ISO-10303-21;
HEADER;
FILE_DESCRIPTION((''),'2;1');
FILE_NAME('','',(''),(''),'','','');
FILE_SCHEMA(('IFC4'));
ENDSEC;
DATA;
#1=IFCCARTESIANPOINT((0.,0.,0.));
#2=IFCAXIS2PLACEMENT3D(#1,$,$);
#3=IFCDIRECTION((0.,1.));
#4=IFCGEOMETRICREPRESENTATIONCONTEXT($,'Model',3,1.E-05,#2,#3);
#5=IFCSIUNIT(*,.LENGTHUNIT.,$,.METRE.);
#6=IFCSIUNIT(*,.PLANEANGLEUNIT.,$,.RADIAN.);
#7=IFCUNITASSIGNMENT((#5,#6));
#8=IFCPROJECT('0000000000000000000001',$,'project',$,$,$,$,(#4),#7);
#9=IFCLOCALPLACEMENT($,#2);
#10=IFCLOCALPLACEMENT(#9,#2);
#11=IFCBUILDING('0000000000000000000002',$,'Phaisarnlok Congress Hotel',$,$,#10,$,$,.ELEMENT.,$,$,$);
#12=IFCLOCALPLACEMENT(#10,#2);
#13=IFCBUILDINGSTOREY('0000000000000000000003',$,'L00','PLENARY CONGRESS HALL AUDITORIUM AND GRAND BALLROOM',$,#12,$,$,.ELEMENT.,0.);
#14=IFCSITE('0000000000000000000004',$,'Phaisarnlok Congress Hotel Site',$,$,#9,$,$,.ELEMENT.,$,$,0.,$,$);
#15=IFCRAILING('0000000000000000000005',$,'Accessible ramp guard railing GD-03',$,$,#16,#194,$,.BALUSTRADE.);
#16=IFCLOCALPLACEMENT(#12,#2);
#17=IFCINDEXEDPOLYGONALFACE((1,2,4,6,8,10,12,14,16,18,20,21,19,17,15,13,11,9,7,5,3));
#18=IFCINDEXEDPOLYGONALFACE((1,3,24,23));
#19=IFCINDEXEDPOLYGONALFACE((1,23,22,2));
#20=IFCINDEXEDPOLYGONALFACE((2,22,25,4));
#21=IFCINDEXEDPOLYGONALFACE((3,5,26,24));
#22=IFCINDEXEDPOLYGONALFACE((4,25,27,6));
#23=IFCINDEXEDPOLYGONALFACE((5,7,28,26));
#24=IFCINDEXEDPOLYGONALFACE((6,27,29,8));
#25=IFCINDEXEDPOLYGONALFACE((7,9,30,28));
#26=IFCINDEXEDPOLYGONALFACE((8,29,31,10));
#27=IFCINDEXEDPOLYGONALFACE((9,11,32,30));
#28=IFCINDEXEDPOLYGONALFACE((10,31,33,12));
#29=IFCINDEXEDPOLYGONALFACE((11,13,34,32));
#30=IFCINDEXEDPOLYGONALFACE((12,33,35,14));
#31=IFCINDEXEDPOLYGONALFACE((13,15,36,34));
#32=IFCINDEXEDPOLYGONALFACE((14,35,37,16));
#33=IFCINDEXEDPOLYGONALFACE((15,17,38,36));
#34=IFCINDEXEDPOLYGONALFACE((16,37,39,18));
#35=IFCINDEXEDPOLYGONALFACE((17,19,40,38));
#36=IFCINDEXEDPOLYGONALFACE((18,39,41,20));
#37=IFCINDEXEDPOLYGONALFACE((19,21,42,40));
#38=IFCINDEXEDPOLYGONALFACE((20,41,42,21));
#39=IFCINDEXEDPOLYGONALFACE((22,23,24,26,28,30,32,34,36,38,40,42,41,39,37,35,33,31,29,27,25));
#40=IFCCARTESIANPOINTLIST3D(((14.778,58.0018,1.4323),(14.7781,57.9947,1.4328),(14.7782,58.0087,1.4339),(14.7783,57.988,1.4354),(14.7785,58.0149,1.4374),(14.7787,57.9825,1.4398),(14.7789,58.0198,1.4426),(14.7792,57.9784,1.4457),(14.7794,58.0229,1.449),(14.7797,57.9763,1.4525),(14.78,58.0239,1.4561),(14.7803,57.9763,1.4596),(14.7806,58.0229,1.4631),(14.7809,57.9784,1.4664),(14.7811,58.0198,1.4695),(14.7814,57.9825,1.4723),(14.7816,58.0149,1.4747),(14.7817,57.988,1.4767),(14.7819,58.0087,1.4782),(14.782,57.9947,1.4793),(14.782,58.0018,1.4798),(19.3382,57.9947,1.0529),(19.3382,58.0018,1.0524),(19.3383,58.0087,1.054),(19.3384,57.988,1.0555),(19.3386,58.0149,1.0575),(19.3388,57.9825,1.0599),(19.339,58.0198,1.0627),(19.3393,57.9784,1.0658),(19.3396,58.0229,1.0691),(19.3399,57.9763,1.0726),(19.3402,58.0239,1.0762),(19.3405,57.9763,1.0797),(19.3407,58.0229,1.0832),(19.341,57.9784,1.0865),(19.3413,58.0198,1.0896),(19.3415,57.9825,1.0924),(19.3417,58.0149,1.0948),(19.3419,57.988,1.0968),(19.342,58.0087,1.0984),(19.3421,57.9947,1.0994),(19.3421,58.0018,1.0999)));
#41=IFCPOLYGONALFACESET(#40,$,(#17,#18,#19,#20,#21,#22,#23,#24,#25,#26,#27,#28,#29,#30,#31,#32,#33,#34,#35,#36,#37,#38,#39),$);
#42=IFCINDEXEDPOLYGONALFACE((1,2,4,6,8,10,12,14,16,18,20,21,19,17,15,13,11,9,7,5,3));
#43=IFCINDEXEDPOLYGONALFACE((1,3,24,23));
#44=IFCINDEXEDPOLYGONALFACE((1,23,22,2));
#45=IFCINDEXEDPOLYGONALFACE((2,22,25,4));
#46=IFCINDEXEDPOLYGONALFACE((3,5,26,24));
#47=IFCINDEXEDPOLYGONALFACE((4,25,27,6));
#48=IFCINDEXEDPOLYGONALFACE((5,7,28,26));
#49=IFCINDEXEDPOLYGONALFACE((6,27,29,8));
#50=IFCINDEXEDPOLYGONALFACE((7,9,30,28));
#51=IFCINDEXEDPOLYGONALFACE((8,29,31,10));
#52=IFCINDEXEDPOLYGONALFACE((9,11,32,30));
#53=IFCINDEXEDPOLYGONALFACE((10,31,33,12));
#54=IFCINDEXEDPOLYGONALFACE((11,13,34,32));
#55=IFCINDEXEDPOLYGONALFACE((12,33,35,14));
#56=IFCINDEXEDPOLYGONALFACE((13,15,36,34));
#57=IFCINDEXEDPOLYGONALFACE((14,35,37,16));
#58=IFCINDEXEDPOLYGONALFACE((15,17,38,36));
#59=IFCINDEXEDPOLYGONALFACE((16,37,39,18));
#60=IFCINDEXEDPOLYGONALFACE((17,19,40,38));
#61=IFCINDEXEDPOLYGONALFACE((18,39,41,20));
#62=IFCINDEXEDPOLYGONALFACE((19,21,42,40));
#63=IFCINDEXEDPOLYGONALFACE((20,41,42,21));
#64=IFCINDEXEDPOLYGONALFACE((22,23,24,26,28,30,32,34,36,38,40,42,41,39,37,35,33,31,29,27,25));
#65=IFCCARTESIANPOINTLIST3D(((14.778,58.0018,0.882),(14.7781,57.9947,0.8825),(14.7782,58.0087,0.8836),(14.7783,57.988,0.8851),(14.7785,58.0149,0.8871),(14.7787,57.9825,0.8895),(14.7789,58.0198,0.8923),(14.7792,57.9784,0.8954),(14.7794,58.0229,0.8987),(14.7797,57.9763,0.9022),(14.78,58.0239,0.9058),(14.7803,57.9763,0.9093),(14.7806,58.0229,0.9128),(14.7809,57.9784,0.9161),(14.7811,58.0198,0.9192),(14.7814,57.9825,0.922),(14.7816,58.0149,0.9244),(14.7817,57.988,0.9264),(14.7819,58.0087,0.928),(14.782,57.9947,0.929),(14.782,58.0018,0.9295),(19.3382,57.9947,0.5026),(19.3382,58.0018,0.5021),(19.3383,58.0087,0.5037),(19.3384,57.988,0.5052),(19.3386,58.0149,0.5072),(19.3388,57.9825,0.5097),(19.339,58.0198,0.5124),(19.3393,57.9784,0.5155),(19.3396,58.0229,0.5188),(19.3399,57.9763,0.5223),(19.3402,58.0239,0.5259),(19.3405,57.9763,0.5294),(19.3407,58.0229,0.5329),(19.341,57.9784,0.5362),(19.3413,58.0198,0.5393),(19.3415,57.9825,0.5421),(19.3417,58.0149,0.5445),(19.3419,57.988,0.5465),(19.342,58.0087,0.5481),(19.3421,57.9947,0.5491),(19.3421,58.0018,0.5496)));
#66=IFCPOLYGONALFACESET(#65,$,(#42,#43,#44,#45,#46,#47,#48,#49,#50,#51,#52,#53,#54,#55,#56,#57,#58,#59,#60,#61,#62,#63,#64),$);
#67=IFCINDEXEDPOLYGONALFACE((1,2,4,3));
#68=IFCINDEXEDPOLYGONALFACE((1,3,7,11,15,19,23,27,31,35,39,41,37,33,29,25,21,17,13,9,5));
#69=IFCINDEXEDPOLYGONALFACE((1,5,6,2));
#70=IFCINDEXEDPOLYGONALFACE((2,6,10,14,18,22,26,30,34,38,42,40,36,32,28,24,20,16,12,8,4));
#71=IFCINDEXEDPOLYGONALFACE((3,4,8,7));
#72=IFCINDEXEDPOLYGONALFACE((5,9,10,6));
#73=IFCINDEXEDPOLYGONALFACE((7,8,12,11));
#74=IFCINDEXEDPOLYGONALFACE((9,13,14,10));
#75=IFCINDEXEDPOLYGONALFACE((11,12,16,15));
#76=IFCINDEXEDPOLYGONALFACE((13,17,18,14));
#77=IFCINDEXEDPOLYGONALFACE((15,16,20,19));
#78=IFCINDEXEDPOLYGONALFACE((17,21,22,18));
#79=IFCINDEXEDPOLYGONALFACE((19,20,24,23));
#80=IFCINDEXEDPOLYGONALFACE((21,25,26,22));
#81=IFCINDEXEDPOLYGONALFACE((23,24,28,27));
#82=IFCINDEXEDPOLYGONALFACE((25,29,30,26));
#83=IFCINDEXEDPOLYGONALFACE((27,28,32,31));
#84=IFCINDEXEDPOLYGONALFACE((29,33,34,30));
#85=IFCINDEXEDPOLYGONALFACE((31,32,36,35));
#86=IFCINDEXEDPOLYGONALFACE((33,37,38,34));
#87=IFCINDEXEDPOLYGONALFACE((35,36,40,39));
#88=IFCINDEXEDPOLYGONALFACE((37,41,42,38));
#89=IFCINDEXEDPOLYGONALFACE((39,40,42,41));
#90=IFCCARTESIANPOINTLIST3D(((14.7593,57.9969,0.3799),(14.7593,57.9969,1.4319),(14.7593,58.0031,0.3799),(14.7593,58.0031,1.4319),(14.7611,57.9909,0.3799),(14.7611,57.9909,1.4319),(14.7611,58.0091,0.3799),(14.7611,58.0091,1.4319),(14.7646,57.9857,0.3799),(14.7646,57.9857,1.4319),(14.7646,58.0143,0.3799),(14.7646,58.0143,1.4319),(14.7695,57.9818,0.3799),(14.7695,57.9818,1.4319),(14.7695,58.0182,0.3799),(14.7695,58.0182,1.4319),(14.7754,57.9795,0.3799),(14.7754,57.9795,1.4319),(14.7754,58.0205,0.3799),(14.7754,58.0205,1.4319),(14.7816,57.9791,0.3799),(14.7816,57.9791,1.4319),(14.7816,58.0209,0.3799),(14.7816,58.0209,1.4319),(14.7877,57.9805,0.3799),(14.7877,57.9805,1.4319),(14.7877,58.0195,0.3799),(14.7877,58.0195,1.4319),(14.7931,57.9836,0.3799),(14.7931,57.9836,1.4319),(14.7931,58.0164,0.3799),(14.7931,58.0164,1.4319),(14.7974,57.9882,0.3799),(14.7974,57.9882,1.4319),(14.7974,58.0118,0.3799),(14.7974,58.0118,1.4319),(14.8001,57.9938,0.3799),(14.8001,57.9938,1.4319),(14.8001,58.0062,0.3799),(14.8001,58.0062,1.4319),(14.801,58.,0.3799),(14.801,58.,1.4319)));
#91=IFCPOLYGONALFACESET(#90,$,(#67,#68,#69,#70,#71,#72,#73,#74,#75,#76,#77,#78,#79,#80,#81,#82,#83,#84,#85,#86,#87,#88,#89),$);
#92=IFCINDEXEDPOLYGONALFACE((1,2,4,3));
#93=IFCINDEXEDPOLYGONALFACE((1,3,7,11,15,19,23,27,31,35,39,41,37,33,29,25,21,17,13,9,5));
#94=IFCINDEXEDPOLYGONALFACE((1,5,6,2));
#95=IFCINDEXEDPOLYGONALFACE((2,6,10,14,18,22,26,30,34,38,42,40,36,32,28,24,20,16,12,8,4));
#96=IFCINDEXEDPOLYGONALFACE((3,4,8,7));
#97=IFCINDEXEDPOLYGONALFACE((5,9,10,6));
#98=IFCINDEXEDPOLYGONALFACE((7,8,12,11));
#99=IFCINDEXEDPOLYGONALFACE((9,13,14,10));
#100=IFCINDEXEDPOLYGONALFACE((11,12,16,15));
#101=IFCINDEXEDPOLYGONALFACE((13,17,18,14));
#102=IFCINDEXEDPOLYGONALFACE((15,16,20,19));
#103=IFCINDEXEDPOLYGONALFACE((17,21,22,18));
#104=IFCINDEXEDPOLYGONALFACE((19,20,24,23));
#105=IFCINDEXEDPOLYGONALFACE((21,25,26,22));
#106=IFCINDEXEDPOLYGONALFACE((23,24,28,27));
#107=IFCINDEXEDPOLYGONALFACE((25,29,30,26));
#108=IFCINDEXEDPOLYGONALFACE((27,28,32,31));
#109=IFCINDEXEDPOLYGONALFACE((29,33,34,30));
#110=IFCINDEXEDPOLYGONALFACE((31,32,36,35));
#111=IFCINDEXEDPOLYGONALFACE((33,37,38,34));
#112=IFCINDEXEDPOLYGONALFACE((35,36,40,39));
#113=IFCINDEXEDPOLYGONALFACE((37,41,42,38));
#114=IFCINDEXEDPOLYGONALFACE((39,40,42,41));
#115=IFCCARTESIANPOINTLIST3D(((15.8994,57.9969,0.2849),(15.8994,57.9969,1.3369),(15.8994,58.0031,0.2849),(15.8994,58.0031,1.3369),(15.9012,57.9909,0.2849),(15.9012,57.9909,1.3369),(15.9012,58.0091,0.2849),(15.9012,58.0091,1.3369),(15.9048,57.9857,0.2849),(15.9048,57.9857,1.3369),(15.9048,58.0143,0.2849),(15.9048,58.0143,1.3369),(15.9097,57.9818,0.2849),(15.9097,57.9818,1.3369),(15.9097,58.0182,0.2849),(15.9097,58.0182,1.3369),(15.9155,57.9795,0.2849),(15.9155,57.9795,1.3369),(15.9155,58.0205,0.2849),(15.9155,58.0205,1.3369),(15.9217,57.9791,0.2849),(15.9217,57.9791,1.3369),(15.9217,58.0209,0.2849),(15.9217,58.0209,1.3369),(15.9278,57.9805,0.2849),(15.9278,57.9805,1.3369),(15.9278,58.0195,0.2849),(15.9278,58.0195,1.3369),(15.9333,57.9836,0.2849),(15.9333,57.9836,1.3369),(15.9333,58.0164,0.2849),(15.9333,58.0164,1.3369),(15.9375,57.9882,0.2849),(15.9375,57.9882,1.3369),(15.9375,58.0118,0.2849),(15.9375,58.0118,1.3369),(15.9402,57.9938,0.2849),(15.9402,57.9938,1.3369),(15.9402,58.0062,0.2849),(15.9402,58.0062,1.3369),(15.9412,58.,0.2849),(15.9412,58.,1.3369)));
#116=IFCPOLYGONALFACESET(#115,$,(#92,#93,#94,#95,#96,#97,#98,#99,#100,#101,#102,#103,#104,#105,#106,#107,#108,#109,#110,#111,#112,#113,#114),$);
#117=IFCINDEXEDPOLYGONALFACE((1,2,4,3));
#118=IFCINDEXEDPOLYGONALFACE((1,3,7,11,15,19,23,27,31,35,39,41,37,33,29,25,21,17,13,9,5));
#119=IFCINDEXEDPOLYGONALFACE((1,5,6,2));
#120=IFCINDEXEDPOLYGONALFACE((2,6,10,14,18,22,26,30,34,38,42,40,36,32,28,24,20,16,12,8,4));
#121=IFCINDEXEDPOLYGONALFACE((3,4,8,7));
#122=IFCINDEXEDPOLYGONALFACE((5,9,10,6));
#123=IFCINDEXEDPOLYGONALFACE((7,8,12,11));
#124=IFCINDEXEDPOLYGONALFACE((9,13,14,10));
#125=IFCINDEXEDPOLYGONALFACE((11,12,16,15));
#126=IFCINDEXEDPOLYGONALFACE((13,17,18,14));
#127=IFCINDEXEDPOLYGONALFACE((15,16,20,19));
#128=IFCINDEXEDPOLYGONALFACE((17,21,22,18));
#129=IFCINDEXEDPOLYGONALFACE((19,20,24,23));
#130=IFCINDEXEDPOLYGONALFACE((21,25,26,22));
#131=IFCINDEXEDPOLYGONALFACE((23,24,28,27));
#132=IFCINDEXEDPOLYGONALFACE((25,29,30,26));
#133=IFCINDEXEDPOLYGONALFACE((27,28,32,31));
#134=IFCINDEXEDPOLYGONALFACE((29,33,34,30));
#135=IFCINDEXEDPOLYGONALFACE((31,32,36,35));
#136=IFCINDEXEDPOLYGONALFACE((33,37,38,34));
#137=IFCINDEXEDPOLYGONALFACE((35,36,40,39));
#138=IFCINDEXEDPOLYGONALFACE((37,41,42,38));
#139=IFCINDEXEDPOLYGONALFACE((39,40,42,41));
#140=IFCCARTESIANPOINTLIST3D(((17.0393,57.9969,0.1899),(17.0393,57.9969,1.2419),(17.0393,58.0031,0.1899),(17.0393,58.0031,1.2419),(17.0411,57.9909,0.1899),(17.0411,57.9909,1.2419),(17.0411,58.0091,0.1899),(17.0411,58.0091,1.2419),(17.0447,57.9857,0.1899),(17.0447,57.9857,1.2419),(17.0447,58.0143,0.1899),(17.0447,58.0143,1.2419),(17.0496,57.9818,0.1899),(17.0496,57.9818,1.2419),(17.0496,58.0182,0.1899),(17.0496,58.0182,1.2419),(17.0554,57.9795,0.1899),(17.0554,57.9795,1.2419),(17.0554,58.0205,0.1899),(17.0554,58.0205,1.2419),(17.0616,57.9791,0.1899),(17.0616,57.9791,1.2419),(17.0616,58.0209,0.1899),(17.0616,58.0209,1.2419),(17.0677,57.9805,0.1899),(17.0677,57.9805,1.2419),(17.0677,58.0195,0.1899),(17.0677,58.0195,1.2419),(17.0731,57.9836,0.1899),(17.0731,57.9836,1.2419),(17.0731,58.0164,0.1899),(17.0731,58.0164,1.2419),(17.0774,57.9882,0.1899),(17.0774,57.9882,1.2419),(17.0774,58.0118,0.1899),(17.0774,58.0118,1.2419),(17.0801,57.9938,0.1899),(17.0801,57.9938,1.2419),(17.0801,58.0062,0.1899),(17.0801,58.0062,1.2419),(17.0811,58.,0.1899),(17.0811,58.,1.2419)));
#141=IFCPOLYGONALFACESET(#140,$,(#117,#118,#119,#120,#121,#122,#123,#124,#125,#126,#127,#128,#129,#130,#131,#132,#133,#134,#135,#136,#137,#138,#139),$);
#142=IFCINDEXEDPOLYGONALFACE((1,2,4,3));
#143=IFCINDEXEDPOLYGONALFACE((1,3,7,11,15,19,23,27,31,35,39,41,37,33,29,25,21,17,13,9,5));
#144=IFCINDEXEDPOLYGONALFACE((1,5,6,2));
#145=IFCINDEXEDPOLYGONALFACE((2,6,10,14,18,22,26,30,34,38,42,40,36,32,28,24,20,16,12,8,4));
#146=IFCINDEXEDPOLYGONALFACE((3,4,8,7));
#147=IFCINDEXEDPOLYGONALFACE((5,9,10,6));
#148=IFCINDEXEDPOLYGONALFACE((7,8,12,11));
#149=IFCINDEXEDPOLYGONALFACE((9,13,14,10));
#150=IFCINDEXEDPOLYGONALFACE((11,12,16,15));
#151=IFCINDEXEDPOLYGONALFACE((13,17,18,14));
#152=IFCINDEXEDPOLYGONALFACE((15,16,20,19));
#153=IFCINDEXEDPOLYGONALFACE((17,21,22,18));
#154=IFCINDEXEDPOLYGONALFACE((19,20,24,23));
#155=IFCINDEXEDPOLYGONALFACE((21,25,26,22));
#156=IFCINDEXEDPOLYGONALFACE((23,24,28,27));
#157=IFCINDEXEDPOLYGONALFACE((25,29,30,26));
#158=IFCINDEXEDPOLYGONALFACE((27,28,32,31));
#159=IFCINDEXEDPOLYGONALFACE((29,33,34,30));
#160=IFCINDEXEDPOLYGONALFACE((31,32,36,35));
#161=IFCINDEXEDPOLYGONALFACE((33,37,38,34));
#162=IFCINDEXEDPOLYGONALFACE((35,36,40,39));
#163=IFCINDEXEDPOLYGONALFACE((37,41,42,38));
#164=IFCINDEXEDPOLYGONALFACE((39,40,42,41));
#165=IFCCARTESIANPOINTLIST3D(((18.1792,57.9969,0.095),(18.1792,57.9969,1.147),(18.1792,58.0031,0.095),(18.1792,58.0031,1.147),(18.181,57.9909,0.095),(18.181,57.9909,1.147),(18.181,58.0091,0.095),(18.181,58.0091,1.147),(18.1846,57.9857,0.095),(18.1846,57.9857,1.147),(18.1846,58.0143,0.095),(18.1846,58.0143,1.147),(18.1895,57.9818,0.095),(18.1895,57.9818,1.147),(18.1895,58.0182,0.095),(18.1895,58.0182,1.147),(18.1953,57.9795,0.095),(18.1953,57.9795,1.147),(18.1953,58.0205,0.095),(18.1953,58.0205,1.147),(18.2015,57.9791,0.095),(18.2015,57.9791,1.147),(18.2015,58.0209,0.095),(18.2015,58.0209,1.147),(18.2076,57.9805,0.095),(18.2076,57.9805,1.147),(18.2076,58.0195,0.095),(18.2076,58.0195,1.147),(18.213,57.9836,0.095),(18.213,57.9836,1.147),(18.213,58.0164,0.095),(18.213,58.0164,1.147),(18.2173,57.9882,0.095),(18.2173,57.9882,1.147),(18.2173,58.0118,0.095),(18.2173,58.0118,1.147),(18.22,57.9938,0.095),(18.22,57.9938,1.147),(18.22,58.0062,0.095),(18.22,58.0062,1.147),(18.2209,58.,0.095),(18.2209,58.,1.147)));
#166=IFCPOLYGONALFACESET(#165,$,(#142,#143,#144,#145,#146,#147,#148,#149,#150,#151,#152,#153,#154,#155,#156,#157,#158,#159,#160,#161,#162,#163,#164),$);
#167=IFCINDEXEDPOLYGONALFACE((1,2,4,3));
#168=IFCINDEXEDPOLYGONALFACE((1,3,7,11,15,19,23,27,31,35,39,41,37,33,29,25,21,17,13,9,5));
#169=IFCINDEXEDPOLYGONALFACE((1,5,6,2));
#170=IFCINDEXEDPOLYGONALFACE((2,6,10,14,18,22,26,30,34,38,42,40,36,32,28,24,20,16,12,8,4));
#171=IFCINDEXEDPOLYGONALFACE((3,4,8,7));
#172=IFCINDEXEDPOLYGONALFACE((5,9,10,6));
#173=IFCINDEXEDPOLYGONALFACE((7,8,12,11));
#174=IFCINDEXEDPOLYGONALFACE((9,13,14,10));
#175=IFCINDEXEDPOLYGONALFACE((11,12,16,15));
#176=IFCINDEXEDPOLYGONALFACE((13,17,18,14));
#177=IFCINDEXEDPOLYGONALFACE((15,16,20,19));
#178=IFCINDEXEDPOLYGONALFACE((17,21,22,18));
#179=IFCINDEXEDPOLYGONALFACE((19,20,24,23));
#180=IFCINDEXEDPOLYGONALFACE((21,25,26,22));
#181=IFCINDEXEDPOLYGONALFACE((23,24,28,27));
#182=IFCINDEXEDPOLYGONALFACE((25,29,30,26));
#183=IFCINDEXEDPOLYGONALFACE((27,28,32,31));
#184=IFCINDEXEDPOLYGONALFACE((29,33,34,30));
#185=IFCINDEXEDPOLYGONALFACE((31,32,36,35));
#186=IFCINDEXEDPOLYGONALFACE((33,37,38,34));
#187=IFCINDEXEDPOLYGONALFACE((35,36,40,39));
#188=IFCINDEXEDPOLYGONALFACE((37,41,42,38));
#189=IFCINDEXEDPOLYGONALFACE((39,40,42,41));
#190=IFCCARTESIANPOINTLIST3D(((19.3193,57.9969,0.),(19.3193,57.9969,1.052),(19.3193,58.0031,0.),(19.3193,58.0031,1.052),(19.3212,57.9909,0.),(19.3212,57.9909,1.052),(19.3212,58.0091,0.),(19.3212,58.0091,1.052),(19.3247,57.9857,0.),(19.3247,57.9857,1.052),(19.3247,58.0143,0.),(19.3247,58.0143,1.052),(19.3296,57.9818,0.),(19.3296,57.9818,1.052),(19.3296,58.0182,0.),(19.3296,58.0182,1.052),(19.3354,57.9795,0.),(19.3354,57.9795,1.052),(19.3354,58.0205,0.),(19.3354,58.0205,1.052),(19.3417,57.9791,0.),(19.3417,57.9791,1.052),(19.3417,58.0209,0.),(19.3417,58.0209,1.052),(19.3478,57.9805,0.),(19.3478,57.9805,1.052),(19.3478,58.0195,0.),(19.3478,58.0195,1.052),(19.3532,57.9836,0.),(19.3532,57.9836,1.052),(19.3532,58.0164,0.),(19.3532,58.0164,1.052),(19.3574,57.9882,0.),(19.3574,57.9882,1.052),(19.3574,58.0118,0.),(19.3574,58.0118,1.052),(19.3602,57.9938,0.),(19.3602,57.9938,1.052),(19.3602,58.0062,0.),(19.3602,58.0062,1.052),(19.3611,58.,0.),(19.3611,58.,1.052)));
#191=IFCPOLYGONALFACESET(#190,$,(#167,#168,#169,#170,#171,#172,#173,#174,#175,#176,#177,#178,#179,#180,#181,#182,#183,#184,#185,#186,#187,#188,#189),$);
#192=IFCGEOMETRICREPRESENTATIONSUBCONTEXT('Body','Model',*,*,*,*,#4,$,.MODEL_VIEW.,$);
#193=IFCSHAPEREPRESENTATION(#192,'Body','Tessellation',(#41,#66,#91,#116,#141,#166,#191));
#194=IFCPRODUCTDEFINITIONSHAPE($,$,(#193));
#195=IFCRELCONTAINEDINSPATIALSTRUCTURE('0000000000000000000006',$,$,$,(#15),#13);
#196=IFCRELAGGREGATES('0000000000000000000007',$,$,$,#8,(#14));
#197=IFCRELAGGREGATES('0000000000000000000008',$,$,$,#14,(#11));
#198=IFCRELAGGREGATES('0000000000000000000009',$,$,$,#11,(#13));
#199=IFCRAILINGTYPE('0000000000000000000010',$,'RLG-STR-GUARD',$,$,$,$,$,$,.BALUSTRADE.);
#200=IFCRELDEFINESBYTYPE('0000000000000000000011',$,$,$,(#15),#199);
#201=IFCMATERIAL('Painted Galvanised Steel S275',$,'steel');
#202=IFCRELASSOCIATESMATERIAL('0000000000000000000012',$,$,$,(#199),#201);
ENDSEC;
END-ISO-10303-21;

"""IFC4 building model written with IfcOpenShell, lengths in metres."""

from ifc_helpers import new_model, si_unit, direction, frame, origin, origin_2d, place, context, subcontext, project, spatial, circle, extrude, material, type_object, element, save


model = new_model("IFC4")

# Units and contexts
model_context = context("Model", 3, precision=1e-05, world=origin(), true_north=direction((0.0, 1.0)))
body_context = subcontext(model_context, "Body", "Model", "MODEL_VIEW")
ifc_project = project(units=[si_unit("LENGTHUNIT", "METRE"), si_unit("PLANEANGLEUNIT", "RADIAN")], contexts=[model_context])

# Site, building, storey
site_placement = place(None, origin())
site = spatial("IfcSite", under=ifc_project, at=site_placement, Name="Phaisarnlok Congress Hotel Site", CompositionType="ELEMENT", RefElevation=0.0)
building_placement = place(site_placement, origin())
building = spatial("IfcBuilding", under=site, at=building_placement, Name="Phaisarnlok Congress Hotel", CompositionType="ELEMENT")
storey_placement = place(building_placement, origin())
storey = spatial("IfcBuildingStorey", under=building, at=storey_placement, Name="L00", Description="PLENARY CONGRESS HALL AUDITORIUM AND GRAND BALLROOM", CompositionType="ELEMENT", Elevation=0.0)

# Railing
ifc_material_1 = material(Name="Painted Galvanised Steel S275", Category="steel")
railing_type_1 = type_object("IfcRailingType", Name="RLG-STR-GUARD", PredefinedType="BALUSTRADE", material=ifc_material_1)
for number, where, name in (
    (1, (14.78, 58.0, 0.3799), "Accessible ramp guard railing GD-03"),
):
    element("IfcRailing", number, at=place(storey_placement, frame(where)), inside=storey, type_object=railing_type_1, Name=name, PredefinedType="BALUSTRADE", context=body_context, shape_type="SweptSolid", body=[
        extrude(circle(Radius=0.0239, at=origin_2d()), frame((0.0, 0.0, 1.0762), z_axis=(0.996548, 0.0, -0.083019), x_axis=(0.0, 1.0, 0.0)), (0.0, 0.0, 1.0), 4.5759),
        extrude(circle(Radius=0.0239, at=origin_2d()), frame((0.0, 0.0, 0.5259), z_axis=(0.996548, 0.0, -0.083019), x_axis=(0.0, 1.0, 0.0)), (0.0, 0.0, 1.0), 4.5759),
        extrude(circle(Radius=0.021, at=origin_2d()), origin(), (0.0, 0.0, 1.0), 1.052),
        extrude(circle(Radius=0.021, at=origin_2d()), frame((1.1401, 0.0, -0.095)), (0.0, 0.0, 1.0), 1.052),
        extrude(circle(Radius=0.021, at=origin_2d()), frame((2.28, 0.0, -0.1899)), (0.0, 0.0, 1.0), 1.052),
        extrude(circle(Radius=0.021, at=origin_2d()), frame((3.4199, 0.0, -0.2849)), (0.0, 0.0, 1.0), 1.052),
        extrude(circle(Radius=0.021, at=origin_2d()), frame((4.5601, 0.0, -0.3799)), (0.0, 0.0, 1.0), 1.052),
    ])

save(model, "model.ifc")
